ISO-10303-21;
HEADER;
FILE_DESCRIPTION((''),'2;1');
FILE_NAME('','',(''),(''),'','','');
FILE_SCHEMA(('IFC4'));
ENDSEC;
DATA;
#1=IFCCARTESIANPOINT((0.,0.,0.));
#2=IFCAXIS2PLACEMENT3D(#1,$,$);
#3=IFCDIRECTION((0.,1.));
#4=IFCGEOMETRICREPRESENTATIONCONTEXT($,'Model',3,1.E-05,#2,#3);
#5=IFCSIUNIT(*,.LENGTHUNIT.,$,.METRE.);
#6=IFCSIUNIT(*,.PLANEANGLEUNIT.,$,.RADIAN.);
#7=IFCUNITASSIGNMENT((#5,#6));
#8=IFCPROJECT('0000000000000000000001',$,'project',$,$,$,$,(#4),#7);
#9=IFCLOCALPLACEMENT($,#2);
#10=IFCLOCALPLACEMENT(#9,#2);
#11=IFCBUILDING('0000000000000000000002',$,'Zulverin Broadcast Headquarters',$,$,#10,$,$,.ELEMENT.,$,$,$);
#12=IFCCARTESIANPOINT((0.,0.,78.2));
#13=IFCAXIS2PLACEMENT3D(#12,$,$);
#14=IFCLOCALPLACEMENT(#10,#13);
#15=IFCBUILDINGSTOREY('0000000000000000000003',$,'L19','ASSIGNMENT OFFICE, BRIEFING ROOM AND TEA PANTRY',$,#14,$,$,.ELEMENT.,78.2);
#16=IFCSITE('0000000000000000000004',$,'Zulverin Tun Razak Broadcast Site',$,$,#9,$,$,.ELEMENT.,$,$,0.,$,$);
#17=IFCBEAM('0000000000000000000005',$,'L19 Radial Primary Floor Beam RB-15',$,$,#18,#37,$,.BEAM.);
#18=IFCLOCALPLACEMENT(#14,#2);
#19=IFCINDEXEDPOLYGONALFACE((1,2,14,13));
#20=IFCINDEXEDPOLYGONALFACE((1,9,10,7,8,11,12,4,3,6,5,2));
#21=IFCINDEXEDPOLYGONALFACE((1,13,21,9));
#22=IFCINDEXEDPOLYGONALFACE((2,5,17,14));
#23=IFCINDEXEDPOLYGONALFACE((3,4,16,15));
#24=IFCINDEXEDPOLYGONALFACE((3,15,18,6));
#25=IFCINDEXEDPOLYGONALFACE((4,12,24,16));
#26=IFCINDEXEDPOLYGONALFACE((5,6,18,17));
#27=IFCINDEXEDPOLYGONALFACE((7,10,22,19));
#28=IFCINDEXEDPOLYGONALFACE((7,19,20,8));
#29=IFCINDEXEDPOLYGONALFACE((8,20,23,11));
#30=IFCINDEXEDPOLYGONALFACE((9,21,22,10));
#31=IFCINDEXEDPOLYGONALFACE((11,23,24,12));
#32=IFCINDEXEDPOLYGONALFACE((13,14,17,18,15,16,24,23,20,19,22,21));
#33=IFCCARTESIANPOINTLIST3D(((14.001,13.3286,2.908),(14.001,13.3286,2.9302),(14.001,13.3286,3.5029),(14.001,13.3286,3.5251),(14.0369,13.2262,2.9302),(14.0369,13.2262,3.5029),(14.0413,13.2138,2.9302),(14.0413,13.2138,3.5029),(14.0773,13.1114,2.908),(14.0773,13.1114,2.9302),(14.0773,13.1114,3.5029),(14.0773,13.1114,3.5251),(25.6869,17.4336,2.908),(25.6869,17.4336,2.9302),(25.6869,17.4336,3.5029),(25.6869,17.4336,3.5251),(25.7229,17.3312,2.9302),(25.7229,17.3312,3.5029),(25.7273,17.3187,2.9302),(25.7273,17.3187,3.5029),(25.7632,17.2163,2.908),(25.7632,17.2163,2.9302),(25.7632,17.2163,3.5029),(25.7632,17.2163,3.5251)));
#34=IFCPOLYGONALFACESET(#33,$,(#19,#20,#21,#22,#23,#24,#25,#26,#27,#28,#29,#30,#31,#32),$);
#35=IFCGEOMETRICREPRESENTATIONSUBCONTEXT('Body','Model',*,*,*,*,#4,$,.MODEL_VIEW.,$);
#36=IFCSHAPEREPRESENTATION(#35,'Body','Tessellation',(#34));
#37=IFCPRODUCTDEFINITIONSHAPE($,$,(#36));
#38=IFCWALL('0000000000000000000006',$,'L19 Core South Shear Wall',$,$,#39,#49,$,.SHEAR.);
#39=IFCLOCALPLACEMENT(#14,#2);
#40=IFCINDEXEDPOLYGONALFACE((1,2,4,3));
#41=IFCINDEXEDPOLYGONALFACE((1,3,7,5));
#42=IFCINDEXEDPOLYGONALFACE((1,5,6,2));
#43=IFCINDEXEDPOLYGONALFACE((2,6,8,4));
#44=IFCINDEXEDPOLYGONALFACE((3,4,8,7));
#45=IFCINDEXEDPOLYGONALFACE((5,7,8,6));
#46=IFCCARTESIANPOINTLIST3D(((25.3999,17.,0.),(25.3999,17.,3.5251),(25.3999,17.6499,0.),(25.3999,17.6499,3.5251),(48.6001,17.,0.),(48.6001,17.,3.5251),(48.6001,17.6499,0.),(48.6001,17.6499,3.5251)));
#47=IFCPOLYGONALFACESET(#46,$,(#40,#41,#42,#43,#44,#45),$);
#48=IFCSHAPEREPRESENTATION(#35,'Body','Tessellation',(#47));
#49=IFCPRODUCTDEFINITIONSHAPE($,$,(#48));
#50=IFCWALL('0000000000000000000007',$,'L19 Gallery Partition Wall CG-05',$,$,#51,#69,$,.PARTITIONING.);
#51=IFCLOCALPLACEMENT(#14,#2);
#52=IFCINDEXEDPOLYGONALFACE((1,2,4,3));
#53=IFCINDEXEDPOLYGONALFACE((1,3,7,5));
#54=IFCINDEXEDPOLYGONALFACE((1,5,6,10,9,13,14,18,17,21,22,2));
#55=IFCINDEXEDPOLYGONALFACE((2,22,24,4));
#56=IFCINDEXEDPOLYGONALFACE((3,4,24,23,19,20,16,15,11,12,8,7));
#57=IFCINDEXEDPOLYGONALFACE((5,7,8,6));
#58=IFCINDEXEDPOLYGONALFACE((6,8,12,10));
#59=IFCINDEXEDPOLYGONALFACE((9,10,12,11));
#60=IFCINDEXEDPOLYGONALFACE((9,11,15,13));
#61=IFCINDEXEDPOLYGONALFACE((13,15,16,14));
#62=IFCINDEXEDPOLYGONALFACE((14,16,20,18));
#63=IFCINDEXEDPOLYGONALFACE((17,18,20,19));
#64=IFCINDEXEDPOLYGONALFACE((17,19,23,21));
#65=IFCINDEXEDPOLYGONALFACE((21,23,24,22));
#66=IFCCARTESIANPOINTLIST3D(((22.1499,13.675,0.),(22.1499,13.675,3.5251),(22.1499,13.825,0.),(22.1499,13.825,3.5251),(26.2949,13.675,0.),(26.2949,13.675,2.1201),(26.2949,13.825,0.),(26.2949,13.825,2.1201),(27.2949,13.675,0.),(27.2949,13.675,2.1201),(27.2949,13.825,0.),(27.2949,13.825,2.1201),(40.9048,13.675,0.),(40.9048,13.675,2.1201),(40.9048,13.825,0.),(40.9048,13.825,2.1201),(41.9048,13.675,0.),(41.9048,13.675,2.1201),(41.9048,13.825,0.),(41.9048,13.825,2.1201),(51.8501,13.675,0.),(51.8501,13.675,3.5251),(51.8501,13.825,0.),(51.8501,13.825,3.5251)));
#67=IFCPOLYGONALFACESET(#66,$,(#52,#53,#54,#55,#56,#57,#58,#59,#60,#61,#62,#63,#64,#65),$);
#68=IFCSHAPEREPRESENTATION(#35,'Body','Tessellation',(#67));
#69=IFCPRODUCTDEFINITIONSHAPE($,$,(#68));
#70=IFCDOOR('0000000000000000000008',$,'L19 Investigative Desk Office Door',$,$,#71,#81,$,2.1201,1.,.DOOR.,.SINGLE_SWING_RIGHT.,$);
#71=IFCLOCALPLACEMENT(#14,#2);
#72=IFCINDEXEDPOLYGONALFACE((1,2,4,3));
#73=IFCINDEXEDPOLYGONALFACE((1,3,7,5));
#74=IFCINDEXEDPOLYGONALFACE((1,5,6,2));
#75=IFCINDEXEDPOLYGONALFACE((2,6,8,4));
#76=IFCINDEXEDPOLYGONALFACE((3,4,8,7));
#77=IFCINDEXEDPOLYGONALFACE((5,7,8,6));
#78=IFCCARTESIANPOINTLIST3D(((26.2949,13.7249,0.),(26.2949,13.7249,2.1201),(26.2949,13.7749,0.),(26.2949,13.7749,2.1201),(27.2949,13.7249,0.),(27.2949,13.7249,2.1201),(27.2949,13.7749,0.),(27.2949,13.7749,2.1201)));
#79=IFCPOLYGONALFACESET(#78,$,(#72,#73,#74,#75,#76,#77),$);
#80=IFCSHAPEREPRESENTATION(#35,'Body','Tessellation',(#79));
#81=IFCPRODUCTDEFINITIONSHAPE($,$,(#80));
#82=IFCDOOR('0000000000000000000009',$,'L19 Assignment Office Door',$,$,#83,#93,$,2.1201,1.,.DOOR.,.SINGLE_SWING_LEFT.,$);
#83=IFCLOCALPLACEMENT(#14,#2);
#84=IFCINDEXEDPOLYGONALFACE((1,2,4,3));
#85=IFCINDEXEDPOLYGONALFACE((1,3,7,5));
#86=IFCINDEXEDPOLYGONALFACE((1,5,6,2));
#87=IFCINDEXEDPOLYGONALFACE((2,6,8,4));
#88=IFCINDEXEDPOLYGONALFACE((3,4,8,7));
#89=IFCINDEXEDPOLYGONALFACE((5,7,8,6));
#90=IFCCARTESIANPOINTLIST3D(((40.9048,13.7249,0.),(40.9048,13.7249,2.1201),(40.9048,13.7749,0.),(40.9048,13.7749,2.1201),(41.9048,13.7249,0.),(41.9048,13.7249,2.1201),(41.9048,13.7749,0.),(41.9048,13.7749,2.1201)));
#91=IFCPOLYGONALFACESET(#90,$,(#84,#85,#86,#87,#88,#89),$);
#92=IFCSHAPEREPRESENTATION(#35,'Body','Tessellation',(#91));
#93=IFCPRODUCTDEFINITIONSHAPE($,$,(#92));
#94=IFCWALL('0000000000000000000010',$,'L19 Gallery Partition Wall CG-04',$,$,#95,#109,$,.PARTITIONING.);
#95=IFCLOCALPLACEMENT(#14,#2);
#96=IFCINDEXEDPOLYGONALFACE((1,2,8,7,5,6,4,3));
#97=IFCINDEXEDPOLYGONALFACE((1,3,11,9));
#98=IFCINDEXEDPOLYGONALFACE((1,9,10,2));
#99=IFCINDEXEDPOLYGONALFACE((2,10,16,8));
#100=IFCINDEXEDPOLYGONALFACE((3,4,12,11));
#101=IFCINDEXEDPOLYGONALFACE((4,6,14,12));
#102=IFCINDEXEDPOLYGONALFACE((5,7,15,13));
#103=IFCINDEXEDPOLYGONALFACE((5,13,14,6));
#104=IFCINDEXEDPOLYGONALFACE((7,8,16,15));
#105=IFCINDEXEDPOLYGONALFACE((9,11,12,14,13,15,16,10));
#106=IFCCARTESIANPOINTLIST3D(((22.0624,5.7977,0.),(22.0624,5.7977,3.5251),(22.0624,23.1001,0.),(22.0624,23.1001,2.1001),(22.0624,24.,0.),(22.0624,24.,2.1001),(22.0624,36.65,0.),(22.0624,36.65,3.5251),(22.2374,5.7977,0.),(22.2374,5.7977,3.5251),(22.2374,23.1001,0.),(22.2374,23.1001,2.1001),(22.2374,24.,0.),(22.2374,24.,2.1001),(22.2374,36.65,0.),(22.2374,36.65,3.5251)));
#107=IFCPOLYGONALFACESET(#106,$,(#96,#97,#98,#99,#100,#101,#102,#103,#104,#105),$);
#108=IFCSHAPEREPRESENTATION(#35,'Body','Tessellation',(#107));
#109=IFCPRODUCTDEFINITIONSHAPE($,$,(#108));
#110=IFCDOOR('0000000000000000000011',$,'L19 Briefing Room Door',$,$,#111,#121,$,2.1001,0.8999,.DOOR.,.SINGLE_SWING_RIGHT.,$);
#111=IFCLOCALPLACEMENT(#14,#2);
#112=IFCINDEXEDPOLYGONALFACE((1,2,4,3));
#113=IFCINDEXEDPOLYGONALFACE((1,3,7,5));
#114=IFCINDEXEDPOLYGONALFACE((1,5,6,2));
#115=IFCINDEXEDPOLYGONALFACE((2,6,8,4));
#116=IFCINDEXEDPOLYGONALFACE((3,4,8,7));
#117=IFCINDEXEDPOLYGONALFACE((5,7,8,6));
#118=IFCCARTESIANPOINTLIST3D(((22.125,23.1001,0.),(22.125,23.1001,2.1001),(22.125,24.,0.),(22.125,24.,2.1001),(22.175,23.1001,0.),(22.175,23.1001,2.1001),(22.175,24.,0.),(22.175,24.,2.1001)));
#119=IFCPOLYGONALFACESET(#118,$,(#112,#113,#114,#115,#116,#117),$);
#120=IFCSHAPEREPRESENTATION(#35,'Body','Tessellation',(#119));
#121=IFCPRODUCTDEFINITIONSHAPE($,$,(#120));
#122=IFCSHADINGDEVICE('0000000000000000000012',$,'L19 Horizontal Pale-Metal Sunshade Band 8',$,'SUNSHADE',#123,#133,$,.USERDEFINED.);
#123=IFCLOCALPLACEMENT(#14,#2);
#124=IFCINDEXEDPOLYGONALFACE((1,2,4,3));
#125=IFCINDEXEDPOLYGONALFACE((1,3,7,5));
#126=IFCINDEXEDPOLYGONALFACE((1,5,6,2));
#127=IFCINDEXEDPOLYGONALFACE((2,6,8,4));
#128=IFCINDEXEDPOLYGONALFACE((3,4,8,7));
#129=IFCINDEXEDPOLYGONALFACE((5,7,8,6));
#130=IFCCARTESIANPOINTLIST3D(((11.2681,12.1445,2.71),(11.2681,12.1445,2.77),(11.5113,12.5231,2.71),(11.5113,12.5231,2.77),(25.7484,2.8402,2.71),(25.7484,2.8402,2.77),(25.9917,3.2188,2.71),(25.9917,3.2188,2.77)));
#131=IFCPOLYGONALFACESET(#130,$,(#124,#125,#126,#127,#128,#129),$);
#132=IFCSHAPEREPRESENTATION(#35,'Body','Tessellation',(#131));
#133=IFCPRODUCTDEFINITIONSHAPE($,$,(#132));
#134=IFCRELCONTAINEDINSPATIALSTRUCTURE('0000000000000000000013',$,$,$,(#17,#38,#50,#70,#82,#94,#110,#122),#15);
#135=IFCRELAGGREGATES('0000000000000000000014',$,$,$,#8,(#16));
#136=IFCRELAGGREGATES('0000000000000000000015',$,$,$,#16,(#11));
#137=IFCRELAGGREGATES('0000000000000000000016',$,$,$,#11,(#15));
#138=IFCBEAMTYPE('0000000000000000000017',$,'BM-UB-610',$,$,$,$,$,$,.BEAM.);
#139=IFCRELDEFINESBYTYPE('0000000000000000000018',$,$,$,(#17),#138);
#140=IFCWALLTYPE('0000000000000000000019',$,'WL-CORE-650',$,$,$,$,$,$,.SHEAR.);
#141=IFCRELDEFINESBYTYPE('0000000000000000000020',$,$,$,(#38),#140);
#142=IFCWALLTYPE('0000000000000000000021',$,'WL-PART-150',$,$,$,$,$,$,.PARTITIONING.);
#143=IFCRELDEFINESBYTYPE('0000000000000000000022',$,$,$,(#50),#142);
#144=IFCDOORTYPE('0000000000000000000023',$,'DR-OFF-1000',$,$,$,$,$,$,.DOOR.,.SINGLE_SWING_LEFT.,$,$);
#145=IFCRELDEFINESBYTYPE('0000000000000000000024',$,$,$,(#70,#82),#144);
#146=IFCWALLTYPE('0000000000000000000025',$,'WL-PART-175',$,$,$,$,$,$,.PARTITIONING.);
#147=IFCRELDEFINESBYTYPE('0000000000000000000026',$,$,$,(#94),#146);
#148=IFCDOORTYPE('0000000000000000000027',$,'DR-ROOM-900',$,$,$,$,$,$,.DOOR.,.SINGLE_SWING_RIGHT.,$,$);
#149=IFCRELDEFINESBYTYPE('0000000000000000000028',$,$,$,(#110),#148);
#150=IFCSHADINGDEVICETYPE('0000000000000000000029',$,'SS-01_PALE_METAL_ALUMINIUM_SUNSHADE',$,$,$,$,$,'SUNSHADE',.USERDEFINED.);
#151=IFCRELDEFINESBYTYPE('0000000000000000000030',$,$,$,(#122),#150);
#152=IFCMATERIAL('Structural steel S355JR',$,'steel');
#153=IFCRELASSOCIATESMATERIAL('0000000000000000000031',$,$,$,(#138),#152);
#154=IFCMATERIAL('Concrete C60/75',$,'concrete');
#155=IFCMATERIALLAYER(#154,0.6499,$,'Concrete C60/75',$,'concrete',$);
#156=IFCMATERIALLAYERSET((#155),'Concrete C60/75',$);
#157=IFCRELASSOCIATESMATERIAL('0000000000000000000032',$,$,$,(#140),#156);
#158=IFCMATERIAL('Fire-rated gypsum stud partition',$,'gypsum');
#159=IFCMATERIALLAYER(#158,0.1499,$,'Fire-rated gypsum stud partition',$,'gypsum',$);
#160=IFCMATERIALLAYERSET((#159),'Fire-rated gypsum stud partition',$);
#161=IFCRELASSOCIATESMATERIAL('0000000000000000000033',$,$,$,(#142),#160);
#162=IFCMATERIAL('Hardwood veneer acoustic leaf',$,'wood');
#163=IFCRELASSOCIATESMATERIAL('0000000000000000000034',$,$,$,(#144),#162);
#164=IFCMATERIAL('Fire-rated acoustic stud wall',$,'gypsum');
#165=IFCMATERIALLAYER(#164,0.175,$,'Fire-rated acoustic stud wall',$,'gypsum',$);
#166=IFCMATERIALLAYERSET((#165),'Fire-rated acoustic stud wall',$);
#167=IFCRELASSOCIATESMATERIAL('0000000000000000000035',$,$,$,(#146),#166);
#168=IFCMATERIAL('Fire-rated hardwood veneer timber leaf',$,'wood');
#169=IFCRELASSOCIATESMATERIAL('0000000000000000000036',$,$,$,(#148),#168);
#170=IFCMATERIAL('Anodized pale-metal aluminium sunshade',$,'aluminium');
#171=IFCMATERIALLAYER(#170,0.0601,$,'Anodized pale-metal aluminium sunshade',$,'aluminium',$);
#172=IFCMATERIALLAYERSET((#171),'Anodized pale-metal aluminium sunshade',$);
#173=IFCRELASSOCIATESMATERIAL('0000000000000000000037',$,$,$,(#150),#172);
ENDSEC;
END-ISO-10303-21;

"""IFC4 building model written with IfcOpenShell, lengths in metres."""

from ifc_helpers import new_model, si_unit, direction, frame, frame_2d, origin, origin_2d, place, context, subcontext, project, spatial, rectangle, i_section, extrude, material, layer, layer_set, material_profile, profile_set, type_object, element, fill, save


model = new_model("IFC4")

# Units and contexts
model_context = context("Model", 3, precision=1e-05, world=origin(), true_north=direction((0.0, 1.0)))
body_context = subcontext(model_context, "Body", "Model", "MODEL_VIEW")
ifc_project = project(units=[si_unit("LENGTHUNIT", "METRE"), si_unit("PLANEANGLEUNIT", "RADIAN")], contexts=[model_context])

# Site, building, storey
site_placement = place(None, origin())
site = spatial("IfcSite", under=ifc_project, at=site_placement, Name="Zulverin Tun Razak Broadcast Site", CompositionType="ELEMENT", RefElevation=0.0)
building_placement = place(site_placement, origin())
building = spatial("IfcBuilding", under=site, at=building_placement, Name="Zulverin Broadcast Headquarters", CompositionType="ELEMENT")
storey_placement = place(building_placement, frame((0.0, 0.0, 78.2)))
storey = spatial("IfcBuildingStorey", under=building, at=storey_placement, Name="L19", Description="ASSIGNMENT OFFICE, BRIEFING ROOM AND TEA PANTRY", CompositionType="ELEMENT", Elevation=78.2)

# Shared definitions
ifc_material_1 = material(Name="Concrete C60/75", Category="concrete")

# Beam
ifc_material_2 = material(Name="Structural steel S355JR", Category="steel")
ifc_material_profile_1 = material_profile(ifc_material_2, i_section(OverallWidth=0.2302, OverallDepth=0.6172, WebThickness=0.0132, FlangeThickness=0.0222, at=origin_2d()), Name="Structural steel S355JR", Category="steel")
ifc_profile_set_1 = profile_set([ifc_material_profile_1], Name="Structural steel S355JR")
beam_type_1 = type_object("IfcBeamType", Name="BM-UB-610", PredefinedType="BEAM", material=ifc_profile_set_1)
beam_1_placement = place(storey_placement, frame((25.7251, 17.325, 3.2166), z_axis=(-0.943483, -0.33142, 0.0), x_axis=(0.33142, -0.943483, 0.0)))
element("IfcBeam", 1, at=beam_1_placement, inside=storey, type_object=beam_type_1, Name="L19 Radial Primary Floor Beam RB-15", PredefinedType="BEAM", context=body_context, shape_type="SweptSolid", body=[
    extrude(i_section(OverallWidth=0.2302, OverallDepth=0.6172, WebThickness=0.0132, FlangeThickness=0.0222, at=origin_2d()), origin(), (0.0, 0.0, 1.0), 12.386),
])

# Wall
ifc_layer_1 = layer(ifc_material_1, 0.6499, Name="Concrete C60/75", Category="concrete")
ifc_layer_set_1 = layer_set([ifc_layer_1], Name="Concrete C60/75")
wall_type_1 = type_object("IfcWallType", Name="WL-CORE-650", PredefinedType="SHEAR", material=ifc_layer_set_1)
wall_1_placement = place(storey_placement, frame((25.3999, 17.325, 0.0), z_axis=(0.0, 0.0, 1.0), x_axis=(1.0, 0.0, 0.0)))
element("IfcWall", 2, at=wall_1_placement, inside=storey, type_object=wall_type_1, Name="L19 Core South Shear Wall", PredefinedType="SHEAR", context=body_context, shape_type="SweptSolid", body=[
    extrude(rectangle(XDim=23.2002, YDim=0.6499, at=frame_2d((11.6001, 0.0))), origin(), (0.0, 0.0, 1.0), 3.5251),
])

# Wall, openings, doors
ifc_material_3 = material(Name="Fire-rated gypsum stud partition", Category="gypsum")
ifc_layer_2 = layer(ifc_material_3, 0.1499, Name="Fire-rated gypsum stud partition", Category="gypsum")
ifc_layer_set_2 = layer_set([ifc_layer_2], Name="Fire-rated gypsum stud partition")
wall_type_2 = type_object("IfcWallType", Name="WL-PART-150", PredefinedType="PARTITIONING", material=ifc_layer_set_2)
wall_2_placement = place(storey_placement, frame((22.1499, 13.75, 0.0), z_axis=(0.0, 0.0, 1.0), x_axis=(1.0, 0.0, 0.0)))
wall_2 = element("IfcWall", 3, at=wall_2_placement, inside=storey, type_object=wall_type_2, Name="L19 Gallery Partition Wall CG-05", PredefinedType="PARTITIONING", context=body_context, shape_type="SweptSolid", body=[
    extrude(rectangle(XDim=29.7002, YDim=0.1499, at=frame_2d((14.8501, 0.0))), origin(), (0.0, 0.0, 1.0), 3.5251),
])
opening_1_placement = place(wall_2_placement, frame((4.145, 0.0, 0.0)))
opening_1 = element("IfcOpeningElement", 4, at=opening_1_placement, cuts=wall_2, PredefinedType="OPENING", context=body_context, shape_type="SweptSolid", body=[
    extrude(rectangle(XDim=1.0, YDim=2.1201, at=frame_2d((0.5, 1.0601))), frame((0.0, 0.085, 0.0), z_axis=(0.0, -1.0, 0.0), x_axis=(1.0, 0.0, 0.0)), (0.0, 0.0, 1.0), 0.1699),
])
opening_2_placement = place(wall_2_placement, frame((18.7549, 0.0, 0.0)))
opening_2 = element("IfcOpeningElement", 5, at=opening_2_placement, cuts=wall_2, PredefinedType="OPENING", context=body_context, shape_type="SweptSolid", body=[
    extrude(rectangle(XDim=1.0, YDim=2.1201, at=frame_2d((0.5, 1.0601))), frame((0.0, 0.085, 0.0), z_axis=(0.0, -1.0, 0.0), x_axis=(1.0, 0.0, 0.0)), (0.0, 0.0, 1.0), 0.1699),
])
ifc_material_4 = material(Name="Hardwood veneer acoustic leaf", Category="wood")
door_type_1 = type_object("IfcDoorType", Name="DR-OFF-1000", OperationType="SINGLE_SWING_LEFT", PredefinedType="DOOR", material=ifc_material_4)
door_1_placement = place(opening_1_placement, origin())
door_1 = element("IfcDoor", 6, at=door_1_placement, inside=storey, type_object=door_type_1, Name="L19 Investigative Desk Office Door", OperationType="SINGLE_SWING_RIGHT", OverallHeight=2.1201, OverallWidth=1.0, PredefinedType="DOOR", context=body_context, shape_type="SweptSolid", body=[
    extrude(rectangle(XDim=1.0, YDim=2.1201, at=frame_2d((0.5, 1.0601))), frame((0.0, 0.0249, 0.0), z_axis=(0.0, -1.0, 0.0), x_axis=(1.0, 0.0, 0.0)), (0.0, 0.0, 1.0), 0.05),
])
fill(opening_1, door_1)
door_2_placement = place(opening_2_placement, origin())
door_2 = element("IfcDoor", 7, at=door_2_placement, inside=storey, type_object=door_type_1, Name="L19 Assignment Office Door", OperationType="SINGLE_SWING_LEFT", OverallHeight=2.1201, OverallWidth=1.0, PredefinedType="DOOR", context=body_context, shape_type="SweptSolid", body=[
    extrude(rectangle(XDim=1.0, YDim=2.1201, at=frame_2d((0.5, 1.0601))), frame((0.0, 0.0249, 0.0), z_axis=(0.0, -1.0, 0.0), x_axis=(1.0, 0.0, 0.0)), (0.0, 0.0, 1.0), 0.05),
])
fill(opening_2, door_2)

# Wall, opening, door
ifc_material_5 = material(Name="Fire-rated acoustic stud wall", Category="gypsum")
ifc_layer_3 = layer(ifc_material_5, 0.175, Name="Fire-rated acoustic stud wall", Category="gypsum")
ifc_layer_set_3 = layer_set([ifc_layer_3], Name="Fire-rated acoustic stud wall")
wall_type_3 = type_object("IfcWallType", Name="WL-PART-175", PredefinedType="PARTITIONING", material=ifc_layer_set_3)
wall_3_placement = place(storey_placement, frame((22.1499, 5.7976, 0.0), z_axis=(0.0, 0.0, 1.0), x_axis=(0.0, 1.0, 0.0)))
wall_3 = element("IfcWall", 8, at=wall_3_placement, inside=storey, type_object=wall_type_3, Name="L19 Gallery Partition Wall CG-04", PredefinedType="PARTITIONING", context=body_context, shape_type="SweptSolid", body=[
    extrude(rectangle(XDim=30.8523, YDim=0.175, at=frame_2d((15.4263, 0.0))), origin(), (0.0, 0.0, 1.0), 3.5251),
])
opening_3_placement = place(wall_3_placement, frame((17.3025, 0.0, 0.0)))
opening_3 = element("IfcOpeningElement", 9, at=opening_3_placement, cuts=wall_3, PredefinedType="OPENING", context=body_context, shape_type="SweptSolid", body=[
    extrude(rectangle(XDim=0.8999, YDim=2.1001, at=frame_2d((0.45, 1.05))), frame((0.0, 0.0974, 0.0), z_axis=(0.0, -1.0, 0.0), x_axis=(1.0, 0.0, 0.0)), (0.0, 0.0, 1.0), 0.1951),
])
ifc_material_6 = material(Name="Fire-rated hardwood veneer timber leaf", Category="wood")
door_type_2 = type_object("IfcDoorType", Name="DR-ROOM-900", OperationType="SINGLE_SWING_RIGHT", PredefinedType="DOOR", material=ifc_material_6)
door_3_placement = place(opening_3_placement, origin())
door_3 = element("IfcDoor", 10, at=door_3_placement, inside=storey, type_object=door_type_2, Name="L19 Briefing Room Door", OperationType="SINGLE_SWING_RIGHT", OverallHeight=2.1001, OverallWidth=0.8999, PredefinedType="DOOR", context=body_context, shape_type="SweptSolid", body=[
    extrude(rectangle(XDim=0.8999, YDim=2.1001, at=frame_2d((0.45, 1.05))), frame((0.0, 0.0249, 0.0), z_axis=(0.0, -1.0, 0.0), x_axis=(1.0, 0.0, 0.0)), (0.0, 0.0, 1.0), 0.05),
])
fill(opening_3, door_3)

# Shading device
ifc_material_7 = material(Name="Anodized pale-metal aluminium sunshade", Category="aluminium")
ifc_layer_4 = layer(ifc_material_7, 0.0601, Name="Anodized pale-metal aluminium sunshade", Category="aluminium")
ifc_layer_set_4 = layer_set([ifc_layer_4], Name="Anodized pale-metal aluminium sunshade")
shading_device_type = type_object("IfcShadingDeviceType", Name="SS-01_PALE_METAL_ALUMINIUM_SUNSHADE", ElementType="SUNSHADE", PredefinedType="USERDEFINED", material=ifc_layer_set_4)
shading_device_placement = place(storey_placement, frame((18.6299, 7.6816, 2.71), z_axis=(0.0, 0.0, 1.0), x_axis=(0.841297, -0.540574, 0.0)))
element("IfcShadingDevice", 11, at=shading_device_placement, inside=storey, type_object=shading_device_type, Name="L19 Horizontal Pale-Metal Sunshade Band 8", ObjectType="SUNSHADE", PredefinedType="USERDEFINED", context=body_context, shape_type="SweptSolid", body=[
    extrude(rectangle(XDim=17.2119, YDim=0.45, at=origin_2d()), origin(), (0.0, 0.0, 1.0), 0.0601),
])

save(model, "model.ifc")
